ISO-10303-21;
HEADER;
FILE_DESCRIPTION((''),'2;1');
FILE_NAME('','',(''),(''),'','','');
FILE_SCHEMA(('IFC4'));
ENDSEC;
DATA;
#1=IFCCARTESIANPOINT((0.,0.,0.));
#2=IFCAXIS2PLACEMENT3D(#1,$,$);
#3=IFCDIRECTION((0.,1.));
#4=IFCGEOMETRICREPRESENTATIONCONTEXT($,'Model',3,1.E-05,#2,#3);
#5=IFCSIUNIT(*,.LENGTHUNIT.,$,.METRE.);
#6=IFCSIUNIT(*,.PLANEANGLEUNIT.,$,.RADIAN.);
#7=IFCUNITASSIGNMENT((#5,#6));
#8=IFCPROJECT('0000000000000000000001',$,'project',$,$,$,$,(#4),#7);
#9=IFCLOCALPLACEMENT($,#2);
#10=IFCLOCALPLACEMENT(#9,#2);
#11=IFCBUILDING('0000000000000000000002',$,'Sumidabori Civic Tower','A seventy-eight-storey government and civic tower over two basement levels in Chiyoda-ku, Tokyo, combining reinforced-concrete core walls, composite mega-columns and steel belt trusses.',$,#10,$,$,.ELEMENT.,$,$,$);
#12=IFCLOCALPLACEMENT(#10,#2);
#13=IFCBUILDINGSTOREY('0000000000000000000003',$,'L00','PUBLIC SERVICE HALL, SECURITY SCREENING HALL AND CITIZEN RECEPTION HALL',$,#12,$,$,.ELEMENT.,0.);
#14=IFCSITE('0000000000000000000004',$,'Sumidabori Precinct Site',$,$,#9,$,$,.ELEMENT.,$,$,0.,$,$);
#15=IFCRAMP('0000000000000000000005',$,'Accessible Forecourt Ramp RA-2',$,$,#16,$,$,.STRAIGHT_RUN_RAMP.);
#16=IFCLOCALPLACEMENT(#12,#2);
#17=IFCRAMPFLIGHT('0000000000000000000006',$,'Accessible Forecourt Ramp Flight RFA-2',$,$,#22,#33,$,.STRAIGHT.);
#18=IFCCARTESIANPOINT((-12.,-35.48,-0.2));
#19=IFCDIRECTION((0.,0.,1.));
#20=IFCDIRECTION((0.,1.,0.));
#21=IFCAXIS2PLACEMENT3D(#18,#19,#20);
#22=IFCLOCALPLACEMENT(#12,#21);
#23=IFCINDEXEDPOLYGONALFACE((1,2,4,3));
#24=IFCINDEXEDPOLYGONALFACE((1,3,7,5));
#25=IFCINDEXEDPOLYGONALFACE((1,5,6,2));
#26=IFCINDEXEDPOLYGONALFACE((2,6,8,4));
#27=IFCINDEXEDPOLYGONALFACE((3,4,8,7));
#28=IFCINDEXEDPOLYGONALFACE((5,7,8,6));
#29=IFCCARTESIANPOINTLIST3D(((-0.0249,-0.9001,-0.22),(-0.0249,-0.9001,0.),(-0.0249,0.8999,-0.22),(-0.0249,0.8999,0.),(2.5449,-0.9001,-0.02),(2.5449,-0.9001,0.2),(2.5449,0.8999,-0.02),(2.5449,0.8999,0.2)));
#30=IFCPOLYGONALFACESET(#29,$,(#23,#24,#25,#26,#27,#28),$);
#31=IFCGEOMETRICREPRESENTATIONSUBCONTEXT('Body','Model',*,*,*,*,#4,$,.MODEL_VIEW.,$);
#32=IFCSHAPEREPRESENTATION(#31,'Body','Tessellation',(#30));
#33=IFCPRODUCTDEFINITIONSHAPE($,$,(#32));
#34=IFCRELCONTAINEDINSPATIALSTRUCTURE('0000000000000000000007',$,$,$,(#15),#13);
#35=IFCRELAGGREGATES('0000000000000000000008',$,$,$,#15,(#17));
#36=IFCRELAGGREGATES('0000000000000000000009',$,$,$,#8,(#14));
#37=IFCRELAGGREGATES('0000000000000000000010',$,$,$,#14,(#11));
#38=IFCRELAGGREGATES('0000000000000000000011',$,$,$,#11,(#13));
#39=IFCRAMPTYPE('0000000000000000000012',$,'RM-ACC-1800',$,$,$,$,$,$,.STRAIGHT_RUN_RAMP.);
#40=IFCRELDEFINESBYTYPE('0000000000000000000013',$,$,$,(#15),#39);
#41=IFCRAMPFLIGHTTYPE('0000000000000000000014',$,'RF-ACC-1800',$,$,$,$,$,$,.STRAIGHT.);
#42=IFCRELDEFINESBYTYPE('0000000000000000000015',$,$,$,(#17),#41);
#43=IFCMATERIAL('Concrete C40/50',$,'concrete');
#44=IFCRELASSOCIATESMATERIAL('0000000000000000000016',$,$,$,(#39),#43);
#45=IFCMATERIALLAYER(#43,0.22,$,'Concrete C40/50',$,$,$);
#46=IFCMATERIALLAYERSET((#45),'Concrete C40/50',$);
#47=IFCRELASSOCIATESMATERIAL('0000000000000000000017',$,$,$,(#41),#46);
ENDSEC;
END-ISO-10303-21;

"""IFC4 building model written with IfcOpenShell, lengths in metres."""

from ifc_helpers import new_model, si_unit, direction, frame, origin, place, context, subcontext, project, spatial, polyline, outline, extrude, material, layer, layer_set, type_object, element, aggregate, save


model = new_model("IFC4")

# Units and contexts
model_context = context("Model", 3, precision=1e-05, world=origin(), true_north=direction((0.0, 1.0)))
body_context = subcontext(model_context, "Body", "Model", "MODEL_VIEW")
ifc_project = project(units=[si_unit("LENGTHUNIT", "METRE"), si_unit("PLANEANGLEUNIT", "RADIAN")], contexts=[model_context])

# Site, building, storey
site_placement = place(None, origin())
site = spatial("IfcSite", under=ifc_project, at=site_placement, Name="Sumidabori Precinct Site", CompositionType="ELEMENT", RefElevation=0.0)
building_placement = place(site_placement, origin())
building = spatial("IfcBuilding", under=site, at=building_placement, Name="Sumidabori Civic Tower", Description="A seventy-eight-storey government and civic tower over two basement levels in Chiyoda-ku, Tokyo, combining reinforced-concrete core walls, composite mega-columns and steel belt trusses.", CompositionType="ELEMENT")
storey_placement = place(building_placement, origin())
storey = spatial("IfcBuildingStorey", under=building, at=storey_placement, Name="L00", Description="PUBLIC SERVICE HALL, SECURITY SCREENING HALL AND CITIZEN RECEPTION HALL", CompositionType="ELEMENT", Elevation=0.0)

# Ramp, ramp flight
ifc_material_1 = material(Name="Concrete C40/50", Category="concrete")
ramp_type = type_object("IfcRampType", Name="RM-ACC-1800", PredefinedType="STRAIGHT_RUN_RAMP", material=ifc_material_1)
ramp_placement = place(storey_placement, origin())
ramp = element("IfcRamp", 1, at=ramp_placement, inside=storey, type_object=ramp_type, Name="Accessible Forecourt Ramp RA-2", PredefinedType="STRAIGHT_RUN_RAMP")
ifc_layer_1 = layer(ifc_material_1, 0.22, Name="Concrete C40/50")
ifc_layer_set_1 = layer_set([ifc_layer_1], Name="Concrete C40/50")
ramp_flight_type = type_object("IfcRampFlightType", Name="RF-ACC-1800", PredefinedType="STRAIGHT", material=ifc_layer_set_1)
ramp_flight_placement = place(storey_placement, frame((-12.0, -35.48, -0.2), z_axis=(0.0, 0.0, 1.0), x_axis=(0.0, 1.0, 0.0)))
ramp_flight = element("IfcRampFlight", 2, at=ramp_flight_placement, type_object=ramp_flight_type, Name="Accessible Forecourt Ramp Flight RFA-2", PredefinedType="STRAIGHT", context=body_context, shape_type="SweptSolid", body=[
    extrude(outline(polyline([(-0.0249, 0.0), (-0.0249, -0.22), (2.5449, -0.02), (2.5449, 0.2), (-0.0249, 0.0)])), frame((0.0, 0.8999, 0.0), z_axis=(0.0, -1.0, 0.0), x_axis=(1.0, 0.0, 0.0)), (0.0, 0.0, 1.0), 1.8),
])
aggregate(ramp, [ramp_flight])

save(model, "model.ifc")
